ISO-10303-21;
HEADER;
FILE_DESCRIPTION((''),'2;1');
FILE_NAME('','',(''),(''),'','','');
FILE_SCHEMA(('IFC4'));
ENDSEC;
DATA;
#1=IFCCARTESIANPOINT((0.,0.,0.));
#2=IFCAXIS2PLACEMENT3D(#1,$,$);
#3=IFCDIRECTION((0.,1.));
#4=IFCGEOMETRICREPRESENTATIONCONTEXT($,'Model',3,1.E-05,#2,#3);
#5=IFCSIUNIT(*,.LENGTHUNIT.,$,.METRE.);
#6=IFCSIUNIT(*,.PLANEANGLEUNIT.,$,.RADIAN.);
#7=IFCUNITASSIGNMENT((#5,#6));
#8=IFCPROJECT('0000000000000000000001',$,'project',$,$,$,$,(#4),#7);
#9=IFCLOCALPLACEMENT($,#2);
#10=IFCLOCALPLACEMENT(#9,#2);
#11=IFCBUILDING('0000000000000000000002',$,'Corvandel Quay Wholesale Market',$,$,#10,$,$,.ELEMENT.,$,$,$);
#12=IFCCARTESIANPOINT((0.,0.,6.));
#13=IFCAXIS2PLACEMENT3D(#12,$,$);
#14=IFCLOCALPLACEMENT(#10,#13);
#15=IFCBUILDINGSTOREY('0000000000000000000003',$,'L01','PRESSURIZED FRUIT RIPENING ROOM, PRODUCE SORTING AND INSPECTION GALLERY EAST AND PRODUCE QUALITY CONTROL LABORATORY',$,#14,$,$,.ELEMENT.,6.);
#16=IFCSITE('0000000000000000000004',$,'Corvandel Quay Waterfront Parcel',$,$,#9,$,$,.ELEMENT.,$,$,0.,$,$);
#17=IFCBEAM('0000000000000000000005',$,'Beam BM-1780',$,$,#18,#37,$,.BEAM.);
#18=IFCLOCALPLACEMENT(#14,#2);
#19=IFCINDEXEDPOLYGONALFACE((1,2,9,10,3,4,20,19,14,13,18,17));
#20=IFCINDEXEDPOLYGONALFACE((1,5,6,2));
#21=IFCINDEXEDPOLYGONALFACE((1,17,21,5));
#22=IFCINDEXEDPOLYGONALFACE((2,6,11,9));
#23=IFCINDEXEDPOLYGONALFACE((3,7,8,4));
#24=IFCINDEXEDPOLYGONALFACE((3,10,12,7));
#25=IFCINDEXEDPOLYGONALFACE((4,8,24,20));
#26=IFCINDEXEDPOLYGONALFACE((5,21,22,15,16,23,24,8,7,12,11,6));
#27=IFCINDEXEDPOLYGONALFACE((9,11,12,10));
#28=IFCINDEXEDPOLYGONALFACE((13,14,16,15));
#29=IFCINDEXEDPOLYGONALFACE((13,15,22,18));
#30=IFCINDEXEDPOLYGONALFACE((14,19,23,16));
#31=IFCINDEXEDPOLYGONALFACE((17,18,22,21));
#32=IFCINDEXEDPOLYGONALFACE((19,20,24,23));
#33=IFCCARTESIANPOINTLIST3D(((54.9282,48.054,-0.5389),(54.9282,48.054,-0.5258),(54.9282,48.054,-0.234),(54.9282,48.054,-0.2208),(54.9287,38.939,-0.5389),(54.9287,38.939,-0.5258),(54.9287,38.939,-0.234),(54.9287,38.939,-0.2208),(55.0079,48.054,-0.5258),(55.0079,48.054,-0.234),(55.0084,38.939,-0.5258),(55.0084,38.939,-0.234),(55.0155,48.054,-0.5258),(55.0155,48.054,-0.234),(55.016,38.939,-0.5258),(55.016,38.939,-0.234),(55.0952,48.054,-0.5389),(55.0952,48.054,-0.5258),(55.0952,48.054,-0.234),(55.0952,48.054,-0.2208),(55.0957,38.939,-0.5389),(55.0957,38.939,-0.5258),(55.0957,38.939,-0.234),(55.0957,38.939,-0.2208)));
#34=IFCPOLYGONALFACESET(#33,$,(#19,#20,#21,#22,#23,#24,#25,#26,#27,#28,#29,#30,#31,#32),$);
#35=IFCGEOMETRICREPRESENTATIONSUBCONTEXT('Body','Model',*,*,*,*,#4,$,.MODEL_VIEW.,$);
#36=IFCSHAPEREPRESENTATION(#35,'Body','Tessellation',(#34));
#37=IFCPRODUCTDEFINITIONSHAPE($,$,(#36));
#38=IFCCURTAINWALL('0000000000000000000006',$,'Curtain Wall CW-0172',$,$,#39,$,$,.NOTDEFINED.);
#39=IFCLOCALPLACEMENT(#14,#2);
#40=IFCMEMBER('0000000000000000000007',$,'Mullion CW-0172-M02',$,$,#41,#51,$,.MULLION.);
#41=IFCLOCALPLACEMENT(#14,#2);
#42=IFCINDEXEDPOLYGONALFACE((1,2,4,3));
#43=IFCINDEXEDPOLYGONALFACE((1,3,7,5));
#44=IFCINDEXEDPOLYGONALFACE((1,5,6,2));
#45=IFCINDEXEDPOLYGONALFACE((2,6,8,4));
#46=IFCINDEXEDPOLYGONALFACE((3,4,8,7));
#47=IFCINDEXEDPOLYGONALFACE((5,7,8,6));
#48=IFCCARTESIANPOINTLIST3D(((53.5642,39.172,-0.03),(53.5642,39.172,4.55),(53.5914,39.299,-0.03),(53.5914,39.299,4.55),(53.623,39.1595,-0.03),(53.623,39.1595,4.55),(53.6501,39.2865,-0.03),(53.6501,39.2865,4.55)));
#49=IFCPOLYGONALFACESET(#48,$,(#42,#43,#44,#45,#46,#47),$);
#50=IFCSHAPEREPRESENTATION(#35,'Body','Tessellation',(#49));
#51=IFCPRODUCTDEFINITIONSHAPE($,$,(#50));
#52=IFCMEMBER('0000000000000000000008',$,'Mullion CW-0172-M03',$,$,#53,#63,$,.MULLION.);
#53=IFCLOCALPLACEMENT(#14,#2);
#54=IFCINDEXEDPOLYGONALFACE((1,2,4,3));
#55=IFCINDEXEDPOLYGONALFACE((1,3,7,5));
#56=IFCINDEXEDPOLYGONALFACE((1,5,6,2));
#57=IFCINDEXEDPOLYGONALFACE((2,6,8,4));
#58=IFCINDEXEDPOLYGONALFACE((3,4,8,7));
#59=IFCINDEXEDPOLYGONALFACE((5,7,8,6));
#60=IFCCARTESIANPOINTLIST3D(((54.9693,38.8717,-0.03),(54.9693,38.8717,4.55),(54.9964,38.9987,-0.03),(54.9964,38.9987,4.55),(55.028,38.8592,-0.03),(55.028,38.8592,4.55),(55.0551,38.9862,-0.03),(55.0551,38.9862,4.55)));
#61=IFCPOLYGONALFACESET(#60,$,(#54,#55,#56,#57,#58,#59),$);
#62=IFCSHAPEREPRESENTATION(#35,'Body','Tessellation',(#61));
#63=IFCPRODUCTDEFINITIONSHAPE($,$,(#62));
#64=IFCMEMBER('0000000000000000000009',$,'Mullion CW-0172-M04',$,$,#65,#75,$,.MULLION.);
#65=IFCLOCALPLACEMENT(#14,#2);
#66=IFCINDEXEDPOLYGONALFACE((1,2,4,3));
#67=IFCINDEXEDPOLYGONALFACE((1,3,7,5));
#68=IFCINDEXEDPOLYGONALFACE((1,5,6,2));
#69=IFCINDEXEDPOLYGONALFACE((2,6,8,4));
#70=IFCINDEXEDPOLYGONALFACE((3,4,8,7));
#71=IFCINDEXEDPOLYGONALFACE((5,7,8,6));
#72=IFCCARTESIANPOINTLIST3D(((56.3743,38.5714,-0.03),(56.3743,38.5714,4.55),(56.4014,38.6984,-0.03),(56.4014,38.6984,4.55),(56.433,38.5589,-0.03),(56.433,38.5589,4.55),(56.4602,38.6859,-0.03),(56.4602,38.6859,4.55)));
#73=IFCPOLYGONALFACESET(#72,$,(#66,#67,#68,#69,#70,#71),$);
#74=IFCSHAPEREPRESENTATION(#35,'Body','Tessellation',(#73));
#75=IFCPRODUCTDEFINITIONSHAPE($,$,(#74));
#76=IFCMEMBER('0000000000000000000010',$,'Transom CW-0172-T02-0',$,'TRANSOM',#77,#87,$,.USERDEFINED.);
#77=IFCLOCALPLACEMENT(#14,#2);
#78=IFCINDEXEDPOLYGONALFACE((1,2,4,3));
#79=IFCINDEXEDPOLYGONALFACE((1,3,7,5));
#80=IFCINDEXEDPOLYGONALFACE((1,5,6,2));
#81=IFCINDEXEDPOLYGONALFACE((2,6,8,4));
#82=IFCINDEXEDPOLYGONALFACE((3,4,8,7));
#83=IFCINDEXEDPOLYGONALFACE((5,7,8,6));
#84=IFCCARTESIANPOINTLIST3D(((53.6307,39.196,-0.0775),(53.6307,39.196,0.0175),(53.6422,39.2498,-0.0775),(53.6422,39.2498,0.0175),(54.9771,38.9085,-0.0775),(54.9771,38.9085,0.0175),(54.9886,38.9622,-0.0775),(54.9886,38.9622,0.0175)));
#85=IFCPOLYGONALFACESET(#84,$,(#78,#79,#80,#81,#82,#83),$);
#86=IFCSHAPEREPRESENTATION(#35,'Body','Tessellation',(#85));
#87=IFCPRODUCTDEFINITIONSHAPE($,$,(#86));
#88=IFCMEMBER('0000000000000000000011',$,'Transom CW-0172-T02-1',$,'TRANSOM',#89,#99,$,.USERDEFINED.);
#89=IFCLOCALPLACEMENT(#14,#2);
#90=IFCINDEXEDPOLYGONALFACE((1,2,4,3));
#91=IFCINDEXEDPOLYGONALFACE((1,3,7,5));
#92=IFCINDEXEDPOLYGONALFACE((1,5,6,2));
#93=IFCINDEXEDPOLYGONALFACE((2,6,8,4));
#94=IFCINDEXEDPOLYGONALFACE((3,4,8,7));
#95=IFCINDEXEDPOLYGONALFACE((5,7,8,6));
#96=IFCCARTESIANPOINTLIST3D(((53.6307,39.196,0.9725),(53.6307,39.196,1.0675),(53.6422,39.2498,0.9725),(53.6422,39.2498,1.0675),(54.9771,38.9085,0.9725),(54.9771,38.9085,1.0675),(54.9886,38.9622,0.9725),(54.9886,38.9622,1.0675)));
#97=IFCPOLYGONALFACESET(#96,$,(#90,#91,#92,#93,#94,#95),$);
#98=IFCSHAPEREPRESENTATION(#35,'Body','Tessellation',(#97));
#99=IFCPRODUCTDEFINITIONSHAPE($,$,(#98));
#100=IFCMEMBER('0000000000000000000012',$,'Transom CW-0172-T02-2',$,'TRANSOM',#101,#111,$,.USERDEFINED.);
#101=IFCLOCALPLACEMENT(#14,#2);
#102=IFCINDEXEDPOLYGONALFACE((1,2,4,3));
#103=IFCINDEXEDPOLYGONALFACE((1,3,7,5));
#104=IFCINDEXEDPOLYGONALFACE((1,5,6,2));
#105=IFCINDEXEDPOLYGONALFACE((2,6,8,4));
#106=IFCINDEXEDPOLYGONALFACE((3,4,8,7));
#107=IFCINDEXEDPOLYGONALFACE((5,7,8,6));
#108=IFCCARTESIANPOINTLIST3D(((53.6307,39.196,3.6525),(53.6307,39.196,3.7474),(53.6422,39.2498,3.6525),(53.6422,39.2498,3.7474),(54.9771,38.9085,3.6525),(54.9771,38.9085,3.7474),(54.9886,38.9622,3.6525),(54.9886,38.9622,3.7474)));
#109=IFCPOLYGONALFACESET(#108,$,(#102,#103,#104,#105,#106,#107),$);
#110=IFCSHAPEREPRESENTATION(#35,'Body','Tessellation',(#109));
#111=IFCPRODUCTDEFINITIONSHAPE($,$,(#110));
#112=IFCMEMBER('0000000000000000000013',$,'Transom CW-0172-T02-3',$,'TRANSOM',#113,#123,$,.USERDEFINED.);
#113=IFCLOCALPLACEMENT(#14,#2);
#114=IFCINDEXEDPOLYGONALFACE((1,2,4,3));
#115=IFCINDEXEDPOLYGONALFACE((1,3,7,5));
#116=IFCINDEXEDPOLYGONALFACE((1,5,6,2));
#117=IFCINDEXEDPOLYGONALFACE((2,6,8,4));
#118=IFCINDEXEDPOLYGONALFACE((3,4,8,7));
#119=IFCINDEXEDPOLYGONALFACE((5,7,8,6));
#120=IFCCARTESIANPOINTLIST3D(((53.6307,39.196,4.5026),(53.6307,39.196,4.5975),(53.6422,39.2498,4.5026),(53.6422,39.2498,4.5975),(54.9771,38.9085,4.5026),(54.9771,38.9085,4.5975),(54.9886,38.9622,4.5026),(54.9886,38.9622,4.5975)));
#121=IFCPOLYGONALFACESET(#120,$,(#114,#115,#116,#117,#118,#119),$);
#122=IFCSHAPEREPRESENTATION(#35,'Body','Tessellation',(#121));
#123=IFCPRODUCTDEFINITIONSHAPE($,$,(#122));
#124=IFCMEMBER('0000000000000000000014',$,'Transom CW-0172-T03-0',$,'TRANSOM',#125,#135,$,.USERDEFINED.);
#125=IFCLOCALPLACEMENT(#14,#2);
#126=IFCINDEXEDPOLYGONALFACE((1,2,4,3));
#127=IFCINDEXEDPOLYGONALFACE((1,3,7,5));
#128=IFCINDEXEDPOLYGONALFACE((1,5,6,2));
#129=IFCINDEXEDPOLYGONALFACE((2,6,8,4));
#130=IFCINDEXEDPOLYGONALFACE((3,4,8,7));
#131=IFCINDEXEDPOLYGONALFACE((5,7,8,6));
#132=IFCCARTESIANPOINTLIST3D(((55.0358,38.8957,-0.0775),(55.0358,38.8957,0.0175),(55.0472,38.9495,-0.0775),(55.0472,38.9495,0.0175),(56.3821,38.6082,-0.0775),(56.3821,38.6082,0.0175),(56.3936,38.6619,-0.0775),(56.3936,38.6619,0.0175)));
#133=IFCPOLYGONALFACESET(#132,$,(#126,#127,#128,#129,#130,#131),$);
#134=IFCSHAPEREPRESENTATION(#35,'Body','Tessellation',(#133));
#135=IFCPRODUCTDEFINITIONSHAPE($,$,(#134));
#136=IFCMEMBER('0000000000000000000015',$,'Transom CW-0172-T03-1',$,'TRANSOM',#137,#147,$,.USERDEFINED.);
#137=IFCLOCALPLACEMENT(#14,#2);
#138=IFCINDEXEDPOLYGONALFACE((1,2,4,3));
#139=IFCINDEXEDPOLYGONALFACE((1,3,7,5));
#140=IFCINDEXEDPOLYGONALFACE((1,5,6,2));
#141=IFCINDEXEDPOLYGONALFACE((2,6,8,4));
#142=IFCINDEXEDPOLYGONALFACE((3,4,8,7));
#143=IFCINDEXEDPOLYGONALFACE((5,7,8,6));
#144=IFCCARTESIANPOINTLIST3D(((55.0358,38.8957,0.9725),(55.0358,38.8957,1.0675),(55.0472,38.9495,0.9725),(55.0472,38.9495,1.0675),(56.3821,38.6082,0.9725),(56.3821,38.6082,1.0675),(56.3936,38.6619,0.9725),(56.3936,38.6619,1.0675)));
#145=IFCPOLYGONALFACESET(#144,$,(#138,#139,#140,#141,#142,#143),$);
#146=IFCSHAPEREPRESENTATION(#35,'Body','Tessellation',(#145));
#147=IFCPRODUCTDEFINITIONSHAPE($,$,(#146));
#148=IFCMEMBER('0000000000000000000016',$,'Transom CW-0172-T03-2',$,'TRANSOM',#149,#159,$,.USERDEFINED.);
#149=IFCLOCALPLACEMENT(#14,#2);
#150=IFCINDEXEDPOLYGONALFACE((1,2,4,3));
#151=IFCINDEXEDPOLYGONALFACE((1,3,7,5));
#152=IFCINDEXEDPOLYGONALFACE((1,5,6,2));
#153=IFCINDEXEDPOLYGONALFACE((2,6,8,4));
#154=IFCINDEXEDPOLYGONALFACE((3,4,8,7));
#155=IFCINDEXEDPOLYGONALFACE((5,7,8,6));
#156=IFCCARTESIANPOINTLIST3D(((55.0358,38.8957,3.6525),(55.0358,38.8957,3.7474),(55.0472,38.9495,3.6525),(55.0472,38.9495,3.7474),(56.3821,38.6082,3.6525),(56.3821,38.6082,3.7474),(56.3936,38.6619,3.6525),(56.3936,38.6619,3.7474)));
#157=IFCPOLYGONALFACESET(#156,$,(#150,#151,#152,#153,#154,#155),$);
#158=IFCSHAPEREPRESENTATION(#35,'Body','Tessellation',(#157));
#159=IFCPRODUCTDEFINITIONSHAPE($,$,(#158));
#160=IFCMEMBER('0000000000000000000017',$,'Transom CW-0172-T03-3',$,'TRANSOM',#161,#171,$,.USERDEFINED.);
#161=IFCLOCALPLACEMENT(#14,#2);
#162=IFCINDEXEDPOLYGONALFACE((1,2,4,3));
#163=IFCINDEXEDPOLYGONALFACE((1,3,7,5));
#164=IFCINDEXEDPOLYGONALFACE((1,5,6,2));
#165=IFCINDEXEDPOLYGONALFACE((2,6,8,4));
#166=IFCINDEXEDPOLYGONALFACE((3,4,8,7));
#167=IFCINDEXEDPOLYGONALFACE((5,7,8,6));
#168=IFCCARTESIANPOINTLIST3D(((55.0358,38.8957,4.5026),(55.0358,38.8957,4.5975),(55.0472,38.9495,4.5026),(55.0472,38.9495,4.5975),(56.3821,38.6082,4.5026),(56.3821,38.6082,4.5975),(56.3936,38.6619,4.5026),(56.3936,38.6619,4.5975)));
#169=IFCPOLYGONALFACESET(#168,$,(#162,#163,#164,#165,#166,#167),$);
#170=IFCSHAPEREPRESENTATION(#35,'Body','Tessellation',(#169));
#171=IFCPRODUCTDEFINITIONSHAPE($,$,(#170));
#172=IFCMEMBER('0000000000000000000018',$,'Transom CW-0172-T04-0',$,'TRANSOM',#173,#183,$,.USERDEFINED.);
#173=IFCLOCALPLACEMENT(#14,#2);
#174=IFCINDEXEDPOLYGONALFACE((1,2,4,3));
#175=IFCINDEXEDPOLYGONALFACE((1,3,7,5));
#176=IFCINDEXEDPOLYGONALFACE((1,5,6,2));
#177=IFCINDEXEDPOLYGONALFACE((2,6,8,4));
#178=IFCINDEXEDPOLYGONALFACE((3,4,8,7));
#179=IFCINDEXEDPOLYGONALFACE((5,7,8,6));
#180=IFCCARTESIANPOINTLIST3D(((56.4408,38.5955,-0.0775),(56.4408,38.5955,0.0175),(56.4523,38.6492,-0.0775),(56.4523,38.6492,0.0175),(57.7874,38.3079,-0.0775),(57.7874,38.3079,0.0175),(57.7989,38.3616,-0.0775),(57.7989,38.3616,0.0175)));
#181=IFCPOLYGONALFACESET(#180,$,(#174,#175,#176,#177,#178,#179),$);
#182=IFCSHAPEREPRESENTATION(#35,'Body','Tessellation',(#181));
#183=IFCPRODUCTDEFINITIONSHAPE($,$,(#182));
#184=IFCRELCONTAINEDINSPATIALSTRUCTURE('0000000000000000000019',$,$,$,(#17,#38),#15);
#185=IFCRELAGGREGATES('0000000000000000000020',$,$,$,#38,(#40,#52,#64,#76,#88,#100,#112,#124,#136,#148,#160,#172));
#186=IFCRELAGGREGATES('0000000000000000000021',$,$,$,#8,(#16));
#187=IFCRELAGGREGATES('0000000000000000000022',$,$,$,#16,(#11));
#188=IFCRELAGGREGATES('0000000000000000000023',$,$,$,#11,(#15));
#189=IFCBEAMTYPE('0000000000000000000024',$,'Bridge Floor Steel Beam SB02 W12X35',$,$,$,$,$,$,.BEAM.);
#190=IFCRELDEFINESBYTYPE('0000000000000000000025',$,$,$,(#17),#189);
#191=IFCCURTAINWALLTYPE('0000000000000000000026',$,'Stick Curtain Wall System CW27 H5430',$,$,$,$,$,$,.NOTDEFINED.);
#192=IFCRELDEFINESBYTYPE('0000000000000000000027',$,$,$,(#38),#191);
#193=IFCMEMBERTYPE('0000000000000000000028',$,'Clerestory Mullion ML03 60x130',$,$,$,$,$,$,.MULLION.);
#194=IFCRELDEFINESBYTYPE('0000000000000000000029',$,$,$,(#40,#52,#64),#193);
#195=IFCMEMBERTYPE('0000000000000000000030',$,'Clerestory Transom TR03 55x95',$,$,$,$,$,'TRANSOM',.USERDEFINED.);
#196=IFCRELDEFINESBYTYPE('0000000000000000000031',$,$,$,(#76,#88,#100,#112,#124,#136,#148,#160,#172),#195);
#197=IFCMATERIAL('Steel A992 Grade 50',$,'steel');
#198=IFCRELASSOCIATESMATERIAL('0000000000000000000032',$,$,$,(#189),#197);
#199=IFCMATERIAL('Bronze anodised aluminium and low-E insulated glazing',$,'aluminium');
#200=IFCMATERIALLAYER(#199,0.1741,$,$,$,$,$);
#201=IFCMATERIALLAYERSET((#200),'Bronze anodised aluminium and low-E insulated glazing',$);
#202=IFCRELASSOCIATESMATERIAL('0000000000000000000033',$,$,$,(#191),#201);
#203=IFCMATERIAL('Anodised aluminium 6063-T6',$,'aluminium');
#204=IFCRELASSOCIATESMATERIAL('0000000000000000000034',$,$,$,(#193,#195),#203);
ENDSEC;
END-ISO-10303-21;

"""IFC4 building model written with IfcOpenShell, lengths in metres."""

from ifc_helpers import new_model, si_unit, direction, frame, origin, origin_2d, place, context, subcontext, project, spatial, rectangle, i_section, extrude, material, layer, layer_set, material_profile, profile_set, type_object, element, aggregate, save


model = new_model("IFC4")

# Units and contexts
model_context = context("Model", 3, precision=1e-05, world=origin(), true_north=direction((0.0, 1.0)))
body_context = subcontext(model_context, "Body", "Model", "MODEL_VIEW")
ifc_project = project(units=[si_unit("LENGTHUNIT", "METRE"), si_unit("PLANEANGLEUNIT", "RADIAN")], contexts=[model_context])

# Site, building, storey
site_placement = place(None, origin())
site = spatial("IfcSite", under=ifc_project, at=site_placement, Name="Corvandel Quay Waterfront Parcel", CompositionType="ELEMENT", RefElevation=0.0)
building_placement = place(site_placement, origin())
building = spatial("IfcBuilding", under=site, at=building_placement, Name="Corvandel Quay Wholesale Market", CompositionType="ELEMENT")
storey_placement = place(building_placement, frame((0.0, 0.0, 6.0)))
storey = spatial("IfcBuildingStorey", under=building, at=storey_placement, Name="L01", Description="PRESSURIZED FRUIT RIPENING ROOM, PRODUCE SORTING AND INSPECTION GALLERY EAST AND PRODUCE QUALITY CONTROL LABORATORY", CompositionType="ELEMENT", Elevation=6.0)

# Beam
ifc_material_1 = material(Name="Steel A992 Grade 50", Category="steel")
ifc_material_profile_1 = material_profile(ifc_material_1, i_section(OverallWidth=0.167, OverallDepth=0.3181, WebThickness=0.0076, FlangeThickness=0.0132, at=origin_2d()), Name="W12X35")
ifc_profile_set_1 = profile_set([ifc_material_profile_1], Name="Steel A992 Grade 50")
beam_type = type_object("IfcBeamType", Name="Bridge Floor Steel Beam SB02 W12X35", PredefinedType="BEAM", material=ifc_profile_set_1)
beam_placement = place(storey_placement, frame((55.0122, 38.939, -0.3799), z_axis=(-0.000054, 1.0, 0.0), x_axis=(-1.0, -0.000054, 0.0)))
element("IfcBeam", 1, at=beam_placement, inside=storey, type_object=beam_type, Name="Beam BM-1780", PredefinedType="BEAM", context=body_context, shape_type="SweptSolid", body=[
    extrude(i_section(OverallWidth=0.167, OverallDepth=0.3181, WebThickness=0.0076, FlangeThickness=0.0132, at=origin_2d()), origin(), (0.0, 0.0, 1.0), 9.115),
])

# Curtain wall, members
ifc_material_2 = material(Name="Bronze anodised aluminium and low-E insulated glazing", Category="aluminium")
ifc_layer_1 = layer(ifc_material_2, 0.1741)
ifc_layer_set_1 = layer_set([ifc_layer_1], Name="Bronze anodised aluminium and low-E insulated glazing")
curtain_wall_type = type_object("IfcCurtainWallType", Name="Stick Curtain Wall System CW27 H5430", PredefinedType="NOTDEFINED", material=ifc_layer_set_1)
curtain_wall_placement = place(storey_placement, origin())
curtain_wall = element("IfcCurtainWall", 2, at=curtain_wall_placement, inside=storey, type_object=curtain_wall_type, Name="Curtain Wall CW-0172", PredefinedType="NOTDEFINED")
ifc_material_3 = material(Name="Anodised aluminium 6063-T6", Category="aluminium")
ifc_material_profile_2 = material_profile(ifc_material_3, rectangle(XDim=0.0601, YDim=0.1299, at=origin_2d()), Name="ALU-MUL-60x130")
ifc_profile_set_2 = profile_set([ifc_material_profile_2], Name="Anodised aluminium 6063-T6")
member_type_1 = type_object("IfcMemberType", Name="Clerestory Mullion ML03 60x130", PredefinedType="MULLION", material=ifc_profile_set_2)
member_1_placement = place(storey_placement, frame((53.6072, 39.2292, -0.03), z_axis=(0.0, 0.0, 1.0), x_axis=(-0.977929, 0.208936, 0.0)))
member_1 = element("IfcMember", 3, at=member_1_placement, type_object=member_type_1, Name="Mullion CW-0172-M02", PredefinedType="MULLION", context=body_context, shape_type="SweptSolid", body=[
    extrude(rectangle(XDim=0.0601, YDim=0.1299, at=origin_2d()), origin(), (0.0, 0.0, 1.0), 4.5801),
])
member_2_placement = place(storey_placement, frame((55.0122, 38.929, -0.03), z_axis=(0.0, 0.0, 1.0), x_axis=(-0.977929, 0.208936, 0.0)))
member_2 = element("IfcMember", 4, at=member_2_placement, type_object=member_type_1, Name="Mullion CW-0172-M03", PredefinedType="MULLION", context=body_context, shape_type="SweptSolid", body=[
    extrude(rectangle(XDim=0.0601, YDim=0.1299, at=origin_2d()), origin(), (0.0, 0.0, 1.0), 4.5801),
])
member_3_placement = place(storey_placement, frame((56.4172, 38.6287, -0.03), z_axis=(0.0, 0.0, 1.0), x_axis=(-0.977929, 0.208936, 0.0)))
member_3 = element("IfcMember", 5, at=member_3_placement, type_object=member_type_1, Name="Mullion CW-0172-M04", PredefinedType="MULLION", context=body_context, shape_type="SweptSolid", body=[
    extrude(rectangle(XDim=0.0601, YDim=0.1299, at=origin_2d()), origin(), (0.0, 0.0, 1.0), 4.5801),
])
ifc_material_profile_3 = material_profile(ifc_material_3, rectangle(XDim=0.0549, YDim=0.095, at=origin_2d()), Name="ALU-TRN-55x95")
ifc_profile_set_3 = profile_set([ifc_material_profile_3], Name="Anodised aluminium 6063-T6")
member_type_2 = type_object("IfcMemberType", Name="Clerestory Transom TR03 55x95", ElementType="TRANSOM", PredefinedType="USERDEFINED", material=ifc_profile_set_3)
member_4_placement = place(storey_placement, frame((53.6365, 39.2229, -0.03), z_axis=(0.97794, -0.208887, 0.0), x_axis=(0.208887, 0.97794, 0.0)))
member_4 = element("IfcMember", 6, at=member_4_placement, type_object=member_type_2, Name="Transom CW-0172-T02-0", ObjectType="TRANSOM", PredefinedType="USERDEFINED", context=body_context, shape_type="SweptSolid", body=[
    extrude(rectangle(XDim=0.0549, YDim=0.095, at=origin_2d()), origin(), (0.0, 0.0, 1.0), 1.3767),
])
member_5_placement = place(storey_placement, frame((53.6365, 39.2229, 1.02), z_axis=(0.97794, -0.208887, 0.0), x_axis=(0.208887, 0.97794, 0.0)))
member_5 = element("IfcMember", 7, at=member_5_placement, type_object=member_type_2, Name="Transom CW-0172-T02-1", ObjectType="TRANSOM", PredefinedType="USERDEFINED", context=body_context, shape_type="SweptSolid", body=[
    extrude(rectangle(XDim=0.0549, YDim=0.095, at=origin_2d()), origin(), (0.0, 0.0, 1.0), 1.3767),
])
member_6_placement = place(storey_placement, frame((53.6365, 39.2229, 3.7), z_axis=(0.97794, -0.208887, 0.0), x_axis=(0.208887, 0.97794, 0.0)))
member_6 = element("IfcMember", 8, at=member_6_placement, type_object=member_type_2, Name="Transom CW-0172-T02-2", ObjectType="TRANSOM", PredefinedType="USERDEFINED", context=body_context, shape_type="SweptSolid", body=[
    extrude(rectangle(XDim=0.0549, YDim=0.095, at=origin_2d()), origin(), (0.0, 0.0, 1.0), 1.3767),
])
member_7_placement = place(storey_placement, frame((53.6365, 39.2229, 4.55), z_axis=(0.97794, -0.208887, 0.0), x_axis=(0.208887, 0.97794, 0.0)))
member_7 = element("IfcMember", 9, at=member_7_placement, type_object=member_type_2, Name="Transom CW-0172-T02-3", ObjectType="TRANSOM", PredefinedType="USERDEFINED", context=body_context, shape_type="SweptSolid", body=[
    extrude(rectangle(XDim=0.0549, YDim=0.095, at=origin_2d()), origin(), (0.0, 0.0, 1.0), 1.3767),
])
member_8_placement = place(storey_placement, frame((55.0415, 38.9226, -0.03), z_axis=(0.97794, -0.208887, 0.0), x_axis=(0.208887, 0.97794, 0.0)))
member_8 = element("IfcMember", 10, at=member_8_placement, type_object=member_type_2, Name="Transom CW-0172-T03-0", ObjectType="TRANSOM", PredefinedType="USERDEFINED", context=body_context, shape_type="SweptSolid", body=[
    extrude(rectangle(XDim=0.0549, YDim=0.095, at=origin_2d()), origin(), (0.0, 0.0, 1.0), 1.3767),
])
member_9_placement = place(storey_placement, frame((55.0415, 38.9226, 1.02), z_axis=(0.97794, -0.208887, 0.0), x_axis=(0.208887, 0.97794, 0.0)))
member_9 = element("IfcMember", 11, at=member_9_placement, type_object=member_type_2, Name="Transom CW-0172-T03-1", ObjectType="TRANSOM", PredefinedType="USERDEFINED", context=body_context, shape_type="SweptSolid", body=[
    extrude(rectangle(XDim=0.0549, YDim=0.095, at=origin_2d()), origin(), (0.0, 0.0, 1.0), 1.3767),
])
member_10_placement = place(storey_placement, frame((55.0415, 38.9226, 3.7), z_axis=(0.97794, -0.208887, 0.0), x_axis=(0.208887, 0.97794, 0.0)))
member_10 = element("IfcMember", 12, at=member_10_placement, type_object=member_type_2, Name="Transom CW-0172-T03-2", ObjectType="TRANSOM", PredefinedType="USERDEFINED", context=body_context, shape_type="SweptSolid", body=[
    extrude(rectangle(XDim=0.0549, YDim=0.095, at=origin_2d()), origin(), (0.0, 0.0, 1.0), 1.3767),
])
member_11_placement = place(storey_placement, frame((55.0415, 38.9226, 4.55), z_axis=(0.97794, -0.208887, 0.0), x_axis=(0.208887, 0.97794, 0.0)))
member_11 = element("IfcMember", 13, at=member_11_placement, type_object=member_type_2, Name="Transom CW-0172-T03-3", ObjectType="TRANSOM", PredefinedType="USERDEFINED", context=body_context, shape_type="SweptSolid", body=[
    extrude(rectangle(XDim=0.0549, YDim=0.095, at=origin_2d()), origin(), (0.0, 0.0, 1.0), 1.3767),
])
member_12_placement = place(storey_placement, frame((56.4465, 38.6223, -0.03), z_axis=(0.977947, -0.208851, 0.0), x_axis=(0.208851, 0.977947, 0.0)))
member_12 = element("IfcMember", 14, at=member_12_placement, type_object=member_type_2, Name="Transom CW-0172-T04-0", ObjectType="TRANSOM", PredefinedType="USERDEFINED", context=body_context, shape_type="SweptSolid", body=[
    extrude(rectangle(XDim=0.0549, YDim=0.095, at=origin_2d()), origin(), (0.0, 0.0, 1.0), 1.377),
])
aggregate(curtain_wall, [member_1, member_2, member_3, member_4, member_5, member_6, member_7, member_8, member_9, member_10, member_11, member_12])

save(model, "model.ifc")
